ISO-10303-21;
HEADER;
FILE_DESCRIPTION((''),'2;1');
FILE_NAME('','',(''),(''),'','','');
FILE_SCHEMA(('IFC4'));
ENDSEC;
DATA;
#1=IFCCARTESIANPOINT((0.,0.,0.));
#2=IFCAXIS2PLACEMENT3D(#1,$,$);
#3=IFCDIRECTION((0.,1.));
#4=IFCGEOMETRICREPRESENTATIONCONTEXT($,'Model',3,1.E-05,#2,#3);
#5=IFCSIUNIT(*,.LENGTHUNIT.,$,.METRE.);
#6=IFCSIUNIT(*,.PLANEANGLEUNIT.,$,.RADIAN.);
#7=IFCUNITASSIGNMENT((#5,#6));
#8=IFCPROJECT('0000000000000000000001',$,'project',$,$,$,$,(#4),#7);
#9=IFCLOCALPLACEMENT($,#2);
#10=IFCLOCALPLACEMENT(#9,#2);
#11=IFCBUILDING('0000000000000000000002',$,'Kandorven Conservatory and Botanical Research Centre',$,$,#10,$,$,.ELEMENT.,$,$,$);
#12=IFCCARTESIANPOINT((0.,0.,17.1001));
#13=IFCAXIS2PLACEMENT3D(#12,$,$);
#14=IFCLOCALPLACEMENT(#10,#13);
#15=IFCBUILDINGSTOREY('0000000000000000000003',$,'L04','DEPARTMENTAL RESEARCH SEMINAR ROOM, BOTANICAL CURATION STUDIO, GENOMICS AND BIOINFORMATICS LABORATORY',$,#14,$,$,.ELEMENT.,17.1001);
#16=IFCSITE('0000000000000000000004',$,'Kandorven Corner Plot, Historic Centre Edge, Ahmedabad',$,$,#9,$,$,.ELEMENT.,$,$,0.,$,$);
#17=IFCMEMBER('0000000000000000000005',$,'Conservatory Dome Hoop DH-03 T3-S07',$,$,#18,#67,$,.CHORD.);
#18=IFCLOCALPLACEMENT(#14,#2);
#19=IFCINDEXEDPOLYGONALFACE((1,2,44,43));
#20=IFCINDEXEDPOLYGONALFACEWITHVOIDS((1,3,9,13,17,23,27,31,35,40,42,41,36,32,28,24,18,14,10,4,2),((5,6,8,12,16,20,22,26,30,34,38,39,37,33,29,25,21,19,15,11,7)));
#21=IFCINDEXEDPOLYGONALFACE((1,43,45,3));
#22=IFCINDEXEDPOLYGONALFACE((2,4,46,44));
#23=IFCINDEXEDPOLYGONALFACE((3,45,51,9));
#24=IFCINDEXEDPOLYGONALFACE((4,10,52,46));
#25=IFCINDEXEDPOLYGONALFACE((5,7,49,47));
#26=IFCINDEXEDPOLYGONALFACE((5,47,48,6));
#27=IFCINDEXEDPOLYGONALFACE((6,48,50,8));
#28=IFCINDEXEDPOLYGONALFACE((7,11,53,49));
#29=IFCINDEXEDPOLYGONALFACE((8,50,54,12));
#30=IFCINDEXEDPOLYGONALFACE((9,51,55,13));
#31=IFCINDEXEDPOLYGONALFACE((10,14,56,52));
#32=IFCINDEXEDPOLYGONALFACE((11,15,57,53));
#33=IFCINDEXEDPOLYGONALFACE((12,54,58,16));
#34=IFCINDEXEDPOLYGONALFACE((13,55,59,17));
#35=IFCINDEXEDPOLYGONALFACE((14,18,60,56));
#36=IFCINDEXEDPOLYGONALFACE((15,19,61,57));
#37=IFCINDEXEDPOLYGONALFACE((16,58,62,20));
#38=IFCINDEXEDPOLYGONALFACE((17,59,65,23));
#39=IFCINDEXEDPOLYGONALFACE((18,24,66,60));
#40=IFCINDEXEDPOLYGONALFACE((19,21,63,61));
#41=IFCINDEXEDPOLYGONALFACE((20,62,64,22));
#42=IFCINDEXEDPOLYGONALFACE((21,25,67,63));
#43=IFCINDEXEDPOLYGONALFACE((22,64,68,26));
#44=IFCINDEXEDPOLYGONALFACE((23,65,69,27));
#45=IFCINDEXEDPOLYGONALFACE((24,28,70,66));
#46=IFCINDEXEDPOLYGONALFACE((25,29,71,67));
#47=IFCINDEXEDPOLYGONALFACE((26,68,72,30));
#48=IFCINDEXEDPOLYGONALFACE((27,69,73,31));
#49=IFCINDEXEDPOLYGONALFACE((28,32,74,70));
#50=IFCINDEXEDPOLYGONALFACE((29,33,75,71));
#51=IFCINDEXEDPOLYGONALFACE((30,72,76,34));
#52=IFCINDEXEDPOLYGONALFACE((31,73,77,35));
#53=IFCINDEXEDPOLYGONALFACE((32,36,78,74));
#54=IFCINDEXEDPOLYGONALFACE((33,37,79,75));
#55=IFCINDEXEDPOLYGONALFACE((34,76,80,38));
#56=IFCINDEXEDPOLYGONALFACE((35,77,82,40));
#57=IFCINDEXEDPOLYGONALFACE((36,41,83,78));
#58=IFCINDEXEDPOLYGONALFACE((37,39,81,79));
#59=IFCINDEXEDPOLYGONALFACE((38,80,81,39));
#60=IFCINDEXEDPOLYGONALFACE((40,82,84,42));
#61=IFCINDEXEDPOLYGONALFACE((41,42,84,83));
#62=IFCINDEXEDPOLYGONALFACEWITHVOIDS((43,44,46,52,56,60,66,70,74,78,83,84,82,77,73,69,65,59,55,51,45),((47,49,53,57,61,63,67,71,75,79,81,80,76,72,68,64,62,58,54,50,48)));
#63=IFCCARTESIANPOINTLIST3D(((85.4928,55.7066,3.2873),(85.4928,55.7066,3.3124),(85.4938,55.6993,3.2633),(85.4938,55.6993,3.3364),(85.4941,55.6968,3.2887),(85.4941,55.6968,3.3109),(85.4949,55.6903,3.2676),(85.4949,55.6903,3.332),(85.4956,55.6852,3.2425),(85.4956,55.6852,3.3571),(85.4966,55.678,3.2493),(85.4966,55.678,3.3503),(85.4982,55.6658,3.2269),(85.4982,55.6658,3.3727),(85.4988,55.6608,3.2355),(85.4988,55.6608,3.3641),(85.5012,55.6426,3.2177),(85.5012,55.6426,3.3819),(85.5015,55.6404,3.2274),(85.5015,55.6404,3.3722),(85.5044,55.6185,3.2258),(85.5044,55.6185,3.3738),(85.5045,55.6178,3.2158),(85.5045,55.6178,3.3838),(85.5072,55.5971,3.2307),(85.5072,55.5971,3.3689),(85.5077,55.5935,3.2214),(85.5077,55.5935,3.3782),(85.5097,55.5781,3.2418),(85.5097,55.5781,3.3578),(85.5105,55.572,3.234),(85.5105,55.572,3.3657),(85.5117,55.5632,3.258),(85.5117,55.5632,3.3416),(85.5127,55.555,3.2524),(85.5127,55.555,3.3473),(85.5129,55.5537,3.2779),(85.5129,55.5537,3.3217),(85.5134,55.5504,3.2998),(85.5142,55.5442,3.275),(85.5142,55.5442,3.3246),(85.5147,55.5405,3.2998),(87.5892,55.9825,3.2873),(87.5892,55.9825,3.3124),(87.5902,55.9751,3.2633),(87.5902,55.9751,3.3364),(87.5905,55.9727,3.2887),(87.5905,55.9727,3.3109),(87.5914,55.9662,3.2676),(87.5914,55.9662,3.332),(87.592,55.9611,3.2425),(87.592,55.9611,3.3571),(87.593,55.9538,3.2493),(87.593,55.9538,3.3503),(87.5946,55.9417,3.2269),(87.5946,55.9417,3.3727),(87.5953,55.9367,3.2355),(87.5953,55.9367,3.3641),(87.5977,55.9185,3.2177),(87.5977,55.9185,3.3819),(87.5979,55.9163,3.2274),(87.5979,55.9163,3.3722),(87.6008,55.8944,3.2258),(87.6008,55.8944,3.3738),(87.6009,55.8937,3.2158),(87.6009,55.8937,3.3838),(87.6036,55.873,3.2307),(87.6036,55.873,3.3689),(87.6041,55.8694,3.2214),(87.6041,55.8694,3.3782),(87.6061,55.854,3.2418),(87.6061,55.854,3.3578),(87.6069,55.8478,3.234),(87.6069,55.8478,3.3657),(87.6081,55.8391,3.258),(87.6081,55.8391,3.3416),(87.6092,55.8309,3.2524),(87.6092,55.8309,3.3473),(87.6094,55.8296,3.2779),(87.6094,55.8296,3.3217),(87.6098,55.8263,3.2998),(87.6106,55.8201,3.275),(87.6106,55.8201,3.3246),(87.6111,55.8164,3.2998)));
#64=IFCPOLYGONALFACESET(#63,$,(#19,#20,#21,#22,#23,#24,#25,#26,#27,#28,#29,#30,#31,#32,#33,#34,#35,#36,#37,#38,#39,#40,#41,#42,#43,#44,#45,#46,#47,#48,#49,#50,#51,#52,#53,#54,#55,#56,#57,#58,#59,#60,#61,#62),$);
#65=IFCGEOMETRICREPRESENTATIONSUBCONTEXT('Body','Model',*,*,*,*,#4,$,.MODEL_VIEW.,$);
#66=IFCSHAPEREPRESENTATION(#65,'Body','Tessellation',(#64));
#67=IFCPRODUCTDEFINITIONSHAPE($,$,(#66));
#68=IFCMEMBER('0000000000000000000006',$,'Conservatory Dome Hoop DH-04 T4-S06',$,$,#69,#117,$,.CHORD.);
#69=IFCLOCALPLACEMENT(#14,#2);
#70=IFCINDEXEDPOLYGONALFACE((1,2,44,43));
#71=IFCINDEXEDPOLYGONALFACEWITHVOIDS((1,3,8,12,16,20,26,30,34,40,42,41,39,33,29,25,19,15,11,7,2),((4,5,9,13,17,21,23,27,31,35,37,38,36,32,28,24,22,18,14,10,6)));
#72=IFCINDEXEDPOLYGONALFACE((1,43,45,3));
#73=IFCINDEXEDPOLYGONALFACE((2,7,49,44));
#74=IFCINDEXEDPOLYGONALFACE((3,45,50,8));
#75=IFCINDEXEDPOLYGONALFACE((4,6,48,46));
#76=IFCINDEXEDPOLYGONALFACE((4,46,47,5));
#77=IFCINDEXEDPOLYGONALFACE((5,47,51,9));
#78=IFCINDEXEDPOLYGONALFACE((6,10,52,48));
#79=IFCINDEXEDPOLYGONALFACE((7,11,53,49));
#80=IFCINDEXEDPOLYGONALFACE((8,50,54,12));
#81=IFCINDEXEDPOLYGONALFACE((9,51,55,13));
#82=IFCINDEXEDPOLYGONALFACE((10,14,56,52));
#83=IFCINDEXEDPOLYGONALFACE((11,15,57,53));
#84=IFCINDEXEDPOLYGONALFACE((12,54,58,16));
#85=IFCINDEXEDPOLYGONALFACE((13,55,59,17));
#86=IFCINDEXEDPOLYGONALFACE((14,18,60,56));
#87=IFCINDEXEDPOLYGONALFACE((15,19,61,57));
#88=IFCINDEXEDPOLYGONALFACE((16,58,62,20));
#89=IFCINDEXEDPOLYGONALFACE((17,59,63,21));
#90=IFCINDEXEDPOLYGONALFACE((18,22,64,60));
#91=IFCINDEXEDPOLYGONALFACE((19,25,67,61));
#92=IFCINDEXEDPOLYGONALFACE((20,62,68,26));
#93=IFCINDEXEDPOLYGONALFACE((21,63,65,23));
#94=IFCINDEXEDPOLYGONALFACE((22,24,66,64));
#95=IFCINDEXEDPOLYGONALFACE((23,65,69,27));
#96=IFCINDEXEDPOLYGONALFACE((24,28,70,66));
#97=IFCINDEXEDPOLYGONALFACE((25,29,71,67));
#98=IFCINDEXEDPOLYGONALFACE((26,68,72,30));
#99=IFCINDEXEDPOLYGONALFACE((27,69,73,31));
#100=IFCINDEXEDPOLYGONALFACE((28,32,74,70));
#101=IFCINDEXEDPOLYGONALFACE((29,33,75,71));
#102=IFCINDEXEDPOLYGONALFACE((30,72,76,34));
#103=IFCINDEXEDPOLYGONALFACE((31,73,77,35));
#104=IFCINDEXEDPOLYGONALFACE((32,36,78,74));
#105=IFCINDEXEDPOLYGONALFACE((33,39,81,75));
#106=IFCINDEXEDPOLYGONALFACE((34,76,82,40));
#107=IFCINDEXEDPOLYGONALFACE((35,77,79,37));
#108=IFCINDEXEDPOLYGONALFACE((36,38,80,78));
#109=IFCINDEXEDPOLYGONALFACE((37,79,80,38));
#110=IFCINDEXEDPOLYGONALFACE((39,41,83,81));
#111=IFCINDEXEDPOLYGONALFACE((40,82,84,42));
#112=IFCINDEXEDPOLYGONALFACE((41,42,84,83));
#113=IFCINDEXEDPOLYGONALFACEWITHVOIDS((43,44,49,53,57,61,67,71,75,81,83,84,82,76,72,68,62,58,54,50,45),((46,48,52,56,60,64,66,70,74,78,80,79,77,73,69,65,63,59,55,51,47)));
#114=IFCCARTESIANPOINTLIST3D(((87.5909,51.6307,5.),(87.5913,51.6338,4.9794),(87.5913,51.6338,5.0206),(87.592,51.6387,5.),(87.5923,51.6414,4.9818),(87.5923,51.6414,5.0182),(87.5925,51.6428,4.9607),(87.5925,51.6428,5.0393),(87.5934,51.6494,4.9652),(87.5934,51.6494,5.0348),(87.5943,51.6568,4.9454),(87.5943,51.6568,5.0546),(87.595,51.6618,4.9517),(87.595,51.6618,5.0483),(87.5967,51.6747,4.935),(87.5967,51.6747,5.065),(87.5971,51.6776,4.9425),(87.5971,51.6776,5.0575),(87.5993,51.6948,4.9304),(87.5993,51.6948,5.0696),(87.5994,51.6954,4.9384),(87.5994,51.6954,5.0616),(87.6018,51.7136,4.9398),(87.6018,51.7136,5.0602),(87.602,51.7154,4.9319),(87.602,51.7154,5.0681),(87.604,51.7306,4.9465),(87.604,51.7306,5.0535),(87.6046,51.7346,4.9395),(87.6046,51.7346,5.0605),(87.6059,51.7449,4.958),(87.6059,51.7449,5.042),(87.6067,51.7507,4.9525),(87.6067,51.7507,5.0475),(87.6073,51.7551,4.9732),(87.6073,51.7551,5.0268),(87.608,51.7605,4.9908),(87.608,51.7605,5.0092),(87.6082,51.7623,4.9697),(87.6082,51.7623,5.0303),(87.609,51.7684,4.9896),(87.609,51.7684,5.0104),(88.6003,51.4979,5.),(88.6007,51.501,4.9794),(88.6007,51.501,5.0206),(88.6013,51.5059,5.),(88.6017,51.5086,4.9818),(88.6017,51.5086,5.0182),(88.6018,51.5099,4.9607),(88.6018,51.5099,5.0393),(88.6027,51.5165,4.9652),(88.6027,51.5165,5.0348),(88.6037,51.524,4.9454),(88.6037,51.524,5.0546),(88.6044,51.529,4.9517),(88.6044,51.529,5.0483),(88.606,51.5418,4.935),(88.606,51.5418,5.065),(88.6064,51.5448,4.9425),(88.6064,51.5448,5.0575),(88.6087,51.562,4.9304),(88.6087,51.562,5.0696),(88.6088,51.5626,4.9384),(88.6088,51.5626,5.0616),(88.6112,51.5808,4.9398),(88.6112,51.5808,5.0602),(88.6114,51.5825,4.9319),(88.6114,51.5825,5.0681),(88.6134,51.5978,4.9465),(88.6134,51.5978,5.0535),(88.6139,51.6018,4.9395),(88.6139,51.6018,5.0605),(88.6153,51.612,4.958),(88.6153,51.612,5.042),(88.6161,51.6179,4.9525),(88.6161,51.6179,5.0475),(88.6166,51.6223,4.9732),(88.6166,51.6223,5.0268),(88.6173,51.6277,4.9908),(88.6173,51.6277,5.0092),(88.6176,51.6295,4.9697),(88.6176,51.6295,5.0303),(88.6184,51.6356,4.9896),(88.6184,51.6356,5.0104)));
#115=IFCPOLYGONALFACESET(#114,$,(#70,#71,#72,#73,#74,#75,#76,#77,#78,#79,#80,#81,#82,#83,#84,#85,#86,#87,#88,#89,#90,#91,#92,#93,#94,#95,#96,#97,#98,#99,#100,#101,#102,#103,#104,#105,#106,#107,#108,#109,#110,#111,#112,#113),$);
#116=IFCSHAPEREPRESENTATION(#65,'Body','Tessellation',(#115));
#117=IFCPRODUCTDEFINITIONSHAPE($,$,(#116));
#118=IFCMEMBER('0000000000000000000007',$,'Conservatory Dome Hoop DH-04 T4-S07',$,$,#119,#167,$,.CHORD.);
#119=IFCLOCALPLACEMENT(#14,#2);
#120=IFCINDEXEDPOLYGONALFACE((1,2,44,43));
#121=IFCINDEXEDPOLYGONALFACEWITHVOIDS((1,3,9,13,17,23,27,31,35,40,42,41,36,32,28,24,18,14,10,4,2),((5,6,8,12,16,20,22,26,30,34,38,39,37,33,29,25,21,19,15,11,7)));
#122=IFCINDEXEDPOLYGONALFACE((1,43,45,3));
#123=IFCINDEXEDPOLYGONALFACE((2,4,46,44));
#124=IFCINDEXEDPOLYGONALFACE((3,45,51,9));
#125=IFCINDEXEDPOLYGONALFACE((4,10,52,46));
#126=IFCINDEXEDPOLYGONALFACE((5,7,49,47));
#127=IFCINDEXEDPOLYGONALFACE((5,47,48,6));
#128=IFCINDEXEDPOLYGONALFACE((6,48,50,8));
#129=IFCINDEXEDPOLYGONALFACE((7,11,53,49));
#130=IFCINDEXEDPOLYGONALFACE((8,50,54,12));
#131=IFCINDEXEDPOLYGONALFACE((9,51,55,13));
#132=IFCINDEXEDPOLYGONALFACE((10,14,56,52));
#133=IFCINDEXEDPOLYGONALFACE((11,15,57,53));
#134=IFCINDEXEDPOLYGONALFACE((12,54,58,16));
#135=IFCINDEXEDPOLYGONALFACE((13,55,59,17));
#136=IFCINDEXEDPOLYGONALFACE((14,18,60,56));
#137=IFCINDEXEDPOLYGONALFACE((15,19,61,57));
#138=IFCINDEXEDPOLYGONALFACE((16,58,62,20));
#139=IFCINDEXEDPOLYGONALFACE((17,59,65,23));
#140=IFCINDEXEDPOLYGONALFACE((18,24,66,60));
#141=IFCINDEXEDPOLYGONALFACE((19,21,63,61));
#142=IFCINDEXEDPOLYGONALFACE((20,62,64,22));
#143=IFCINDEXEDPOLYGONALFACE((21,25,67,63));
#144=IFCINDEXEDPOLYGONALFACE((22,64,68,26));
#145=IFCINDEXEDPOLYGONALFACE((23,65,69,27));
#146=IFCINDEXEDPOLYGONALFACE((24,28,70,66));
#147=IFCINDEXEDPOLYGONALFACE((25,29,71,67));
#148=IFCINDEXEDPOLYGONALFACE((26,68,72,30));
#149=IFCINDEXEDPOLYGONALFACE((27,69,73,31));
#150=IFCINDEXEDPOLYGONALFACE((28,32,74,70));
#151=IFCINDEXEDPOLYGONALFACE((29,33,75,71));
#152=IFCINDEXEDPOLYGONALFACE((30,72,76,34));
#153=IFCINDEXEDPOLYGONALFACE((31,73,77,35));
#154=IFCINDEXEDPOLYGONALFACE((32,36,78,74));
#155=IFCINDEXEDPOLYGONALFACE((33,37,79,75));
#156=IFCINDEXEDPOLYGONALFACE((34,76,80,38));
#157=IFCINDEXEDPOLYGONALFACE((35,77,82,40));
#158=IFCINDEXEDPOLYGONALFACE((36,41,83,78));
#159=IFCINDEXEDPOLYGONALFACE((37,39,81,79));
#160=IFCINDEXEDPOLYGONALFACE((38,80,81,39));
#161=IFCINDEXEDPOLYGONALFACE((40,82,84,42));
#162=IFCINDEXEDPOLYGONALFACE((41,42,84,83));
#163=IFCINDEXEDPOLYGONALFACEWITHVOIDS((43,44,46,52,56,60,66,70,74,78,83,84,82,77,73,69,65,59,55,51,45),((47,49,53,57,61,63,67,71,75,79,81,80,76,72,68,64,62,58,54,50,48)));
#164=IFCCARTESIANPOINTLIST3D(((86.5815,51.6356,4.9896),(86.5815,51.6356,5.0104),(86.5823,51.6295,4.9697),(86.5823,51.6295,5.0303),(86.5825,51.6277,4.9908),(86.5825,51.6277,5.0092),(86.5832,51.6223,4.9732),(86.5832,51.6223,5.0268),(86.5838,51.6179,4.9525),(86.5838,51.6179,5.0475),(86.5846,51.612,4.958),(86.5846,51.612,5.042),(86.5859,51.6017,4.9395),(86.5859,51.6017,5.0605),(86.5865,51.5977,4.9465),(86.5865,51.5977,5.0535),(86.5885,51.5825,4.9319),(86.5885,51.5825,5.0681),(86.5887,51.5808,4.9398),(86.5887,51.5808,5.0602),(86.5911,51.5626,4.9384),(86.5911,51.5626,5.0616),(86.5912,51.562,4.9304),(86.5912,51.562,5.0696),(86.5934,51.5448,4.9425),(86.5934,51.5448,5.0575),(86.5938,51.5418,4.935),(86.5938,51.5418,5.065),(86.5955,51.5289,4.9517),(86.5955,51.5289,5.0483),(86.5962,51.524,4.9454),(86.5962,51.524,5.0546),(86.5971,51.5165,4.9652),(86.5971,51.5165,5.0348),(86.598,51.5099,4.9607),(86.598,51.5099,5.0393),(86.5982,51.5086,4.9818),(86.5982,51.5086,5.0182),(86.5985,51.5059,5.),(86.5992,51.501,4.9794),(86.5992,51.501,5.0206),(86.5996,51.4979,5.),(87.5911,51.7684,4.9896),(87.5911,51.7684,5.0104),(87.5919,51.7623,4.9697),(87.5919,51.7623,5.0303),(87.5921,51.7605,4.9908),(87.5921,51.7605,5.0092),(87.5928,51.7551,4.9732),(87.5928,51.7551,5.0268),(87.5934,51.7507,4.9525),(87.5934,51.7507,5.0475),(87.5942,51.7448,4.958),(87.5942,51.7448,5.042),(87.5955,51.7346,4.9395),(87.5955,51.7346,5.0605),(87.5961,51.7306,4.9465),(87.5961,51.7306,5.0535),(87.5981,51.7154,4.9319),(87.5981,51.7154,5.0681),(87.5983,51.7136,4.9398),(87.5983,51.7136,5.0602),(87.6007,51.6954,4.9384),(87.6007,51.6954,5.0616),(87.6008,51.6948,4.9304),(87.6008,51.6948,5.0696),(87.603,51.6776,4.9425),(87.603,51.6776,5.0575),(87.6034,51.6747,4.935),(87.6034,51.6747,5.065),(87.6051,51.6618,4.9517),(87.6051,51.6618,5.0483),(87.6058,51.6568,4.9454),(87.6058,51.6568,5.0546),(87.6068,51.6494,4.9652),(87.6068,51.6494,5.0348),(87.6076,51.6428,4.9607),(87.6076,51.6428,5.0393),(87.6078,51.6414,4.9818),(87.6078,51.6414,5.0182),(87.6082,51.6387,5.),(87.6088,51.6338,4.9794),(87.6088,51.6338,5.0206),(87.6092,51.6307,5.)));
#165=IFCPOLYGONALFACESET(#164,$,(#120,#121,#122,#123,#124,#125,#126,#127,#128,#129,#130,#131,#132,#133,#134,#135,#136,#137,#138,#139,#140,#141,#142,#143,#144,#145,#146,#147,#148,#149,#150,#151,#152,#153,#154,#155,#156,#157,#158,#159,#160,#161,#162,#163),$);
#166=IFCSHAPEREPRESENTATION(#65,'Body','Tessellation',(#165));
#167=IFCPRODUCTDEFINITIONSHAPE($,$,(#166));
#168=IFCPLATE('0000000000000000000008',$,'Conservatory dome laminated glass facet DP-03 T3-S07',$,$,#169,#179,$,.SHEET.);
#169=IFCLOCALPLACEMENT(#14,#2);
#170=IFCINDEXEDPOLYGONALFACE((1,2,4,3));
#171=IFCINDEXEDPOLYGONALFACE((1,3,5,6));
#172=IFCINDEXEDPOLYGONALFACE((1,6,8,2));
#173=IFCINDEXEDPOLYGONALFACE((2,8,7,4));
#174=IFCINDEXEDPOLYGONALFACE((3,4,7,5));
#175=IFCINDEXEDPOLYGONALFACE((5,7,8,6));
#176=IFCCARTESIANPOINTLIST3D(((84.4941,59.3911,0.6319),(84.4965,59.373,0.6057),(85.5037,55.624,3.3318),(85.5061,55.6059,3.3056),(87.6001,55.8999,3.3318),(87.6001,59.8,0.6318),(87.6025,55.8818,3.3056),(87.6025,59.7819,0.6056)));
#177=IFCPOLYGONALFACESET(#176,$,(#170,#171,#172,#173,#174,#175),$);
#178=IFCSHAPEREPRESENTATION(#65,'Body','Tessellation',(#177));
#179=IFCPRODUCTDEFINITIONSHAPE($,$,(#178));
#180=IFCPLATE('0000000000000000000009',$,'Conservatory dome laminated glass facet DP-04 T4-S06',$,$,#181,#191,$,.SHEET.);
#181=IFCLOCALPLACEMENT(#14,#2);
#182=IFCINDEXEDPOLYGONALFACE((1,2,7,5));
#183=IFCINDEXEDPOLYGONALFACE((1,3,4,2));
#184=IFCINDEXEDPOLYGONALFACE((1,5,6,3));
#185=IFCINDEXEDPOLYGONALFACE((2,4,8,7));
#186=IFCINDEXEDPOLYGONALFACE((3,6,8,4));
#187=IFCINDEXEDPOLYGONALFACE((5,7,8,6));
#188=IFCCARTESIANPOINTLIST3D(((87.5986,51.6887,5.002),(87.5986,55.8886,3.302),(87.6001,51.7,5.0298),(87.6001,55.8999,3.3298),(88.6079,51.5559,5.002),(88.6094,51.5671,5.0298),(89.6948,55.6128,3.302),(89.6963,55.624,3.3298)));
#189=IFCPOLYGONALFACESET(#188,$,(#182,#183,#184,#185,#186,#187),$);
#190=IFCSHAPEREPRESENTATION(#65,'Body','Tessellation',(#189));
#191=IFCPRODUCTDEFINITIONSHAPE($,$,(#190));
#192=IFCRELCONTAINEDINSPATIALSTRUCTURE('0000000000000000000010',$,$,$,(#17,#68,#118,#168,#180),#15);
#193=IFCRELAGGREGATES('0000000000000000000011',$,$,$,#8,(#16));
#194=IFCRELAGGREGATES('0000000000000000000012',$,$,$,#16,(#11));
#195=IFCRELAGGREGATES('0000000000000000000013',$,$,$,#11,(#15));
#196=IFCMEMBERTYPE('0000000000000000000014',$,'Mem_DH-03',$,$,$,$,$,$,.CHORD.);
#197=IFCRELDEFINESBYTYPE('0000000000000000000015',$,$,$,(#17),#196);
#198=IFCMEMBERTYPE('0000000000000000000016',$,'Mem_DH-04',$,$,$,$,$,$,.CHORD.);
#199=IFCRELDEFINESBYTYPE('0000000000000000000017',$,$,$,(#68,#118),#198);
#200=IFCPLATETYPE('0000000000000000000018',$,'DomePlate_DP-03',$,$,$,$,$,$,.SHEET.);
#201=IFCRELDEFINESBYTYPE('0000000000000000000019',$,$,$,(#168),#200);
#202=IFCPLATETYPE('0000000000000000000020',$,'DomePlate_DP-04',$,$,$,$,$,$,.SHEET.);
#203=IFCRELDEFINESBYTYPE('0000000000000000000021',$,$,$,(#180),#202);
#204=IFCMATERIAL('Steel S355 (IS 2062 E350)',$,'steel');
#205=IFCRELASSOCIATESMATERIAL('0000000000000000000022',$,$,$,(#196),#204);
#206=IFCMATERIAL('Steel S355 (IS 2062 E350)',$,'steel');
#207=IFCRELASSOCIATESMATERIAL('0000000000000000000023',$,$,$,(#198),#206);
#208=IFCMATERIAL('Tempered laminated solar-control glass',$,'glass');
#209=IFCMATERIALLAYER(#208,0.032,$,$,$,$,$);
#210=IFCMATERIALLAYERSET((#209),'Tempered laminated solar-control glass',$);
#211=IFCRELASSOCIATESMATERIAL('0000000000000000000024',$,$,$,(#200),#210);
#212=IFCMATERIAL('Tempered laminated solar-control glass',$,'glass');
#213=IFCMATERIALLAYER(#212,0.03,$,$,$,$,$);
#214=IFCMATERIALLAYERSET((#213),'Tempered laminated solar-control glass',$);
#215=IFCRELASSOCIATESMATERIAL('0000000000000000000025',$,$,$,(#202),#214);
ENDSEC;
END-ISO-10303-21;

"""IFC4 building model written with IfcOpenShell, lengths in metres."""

from ifc_helpers import new_model, si_unit, direction, frame, origin, origin_2d, place, context, subcontext, project, spatial, polyline, hollow_circle, outline, extrude, material, layer, layer_set, material_profile, profile_set, type_object, element, save


model = new_model("IFC4")

# Units and contexts
model_context = context("Model", 3, precision=1e-05, world=origin(), true_north=direction((0.0, 1.0)))
body_context = subcontext(model_context, "Body", "Model", "MODEL_VIEW")
ifc_project = project(units=[si_unit("LENGTHUNIT", "METRE"), si_unit("PLANEANGLEUNIT", "RADIAN")], contexts=[model_context])

# Site, building, storey
site_placement = place(None, origin())
site = spatial("IfcSite", under=ifc_project, at=site_placement, Name="Kandorven Corner Plot, Historic Centre Edge, Ahmedabad", CompositionType="ELEMENT", RefElevation=0.0)
building_placement = place(site_placement, origin())
building = spatial("IfcBuilding", under=site, at=building_placement, Name="Kandorven Conservatory and Botanical Research Centre", CompositionType="ELEMENT")
storey_placement = place(building_placement, frame((0.0, 0.0, 17.1001)))
storey = spatial("IfcBuildingStorey", under=building, at=storey_placement, Name="L04", Description="DEPARTMENTAL RESEARCH SEMINAR ROOM, BOTANICAL CURATION STUDIO, GENOMICS AND BIOINFORMATICS LABORATORY", CompositionType="ELEMENT", Elevation=17.1001)

# Members
ifc_material_1 = material(Name="Steel S355 (IS 2062 E350)", Category="steel")
ifc_material_profile_1 = material_profile(ifc_material_1, hollow_circle(Radius=0.0842, WallThickness=0.01, at=origin_2d()))
ifc_profile_set_1 = profile_set([ifc_material_profile_1], Name="Steel S355 (IS 2062 E350)")
member_type_1 = type_object("IfcMemberType", Name="Mem_DH-03", PredefinedType="CHORD", material=ifc_profile_set_1)
member_1_placement = place(storey_placement, frame((87.6001, 55.8999, 3.2998), z_axis=(-0.991452, -0.130469, 0.0), x_axis=(0.130469, -0.991452, 0.0)))
element("IfcMember", 1, at=member_1_placement, inside=storey, type_object=member_type_1, Name="Conservatory Dome Hoop DH-03 T3-S07", PredefinedType="CHORD", context=body_context, shape_type="SweptSolid", body=[
    extrude(hollow_circle(Radius=0.0842, WallThickness=0.01, at=origin_2d()), origin(), (0.0, 0.0, 1.0), 2.1145),
])
ifc_material_2 = material(Name="Steel S355 (IS 2062 E350)", Category="steel")
ifc_material_profile_2 = material_profile(ifc_material_2, hollow_circle(Radius=0.0698, WallThickness=0.0081, at=origin_2d()))
ifc_profile_set_2 = profile_set([ifc_material_profile_2], Name="Steel S355 (IS 2062 E350)")
member_type_2 = type_object("IfcMemberType", Name="Mem_DH-04", PredefinedType="CHORD", material=ifc_profile_set_2)
member_2_placement = place(storey_placement, frame((88.6094, 51.5671, 5.0), z_axis=(-0.991453, 0.130467, 0.0), x_axis=(-0.130467, -0.991453, 0.0)))
element("IfcMember", 2, at=member_2_placement, inside=storey, type_object=member_type_2, Name="Conservatory Dome Hoop DH-04 T4-S06", PredefinedType="CHORD", context=body_context, shape_type="SweptSolid", body=[
    extrude(hollow_circle(Radius=0.0698, WallThickness=0.0081, at=origin_2d()), origin(), (0.0, 0.0, 1.0), 1.0181),
])
member_3_placement = place(storey_placement, frame((87.6001, 51.7, 5.0), z_axis=(-0.991457, -0.130436, 0.0), x_axis=(0.130436, -0.991457, 0.0)))
element("IfcMember", 3, at=member_3_placement, inside=storey, type_object=member_type_2, Name="Conservatory Dome Hoop DH-04 T4-S07", PredefinedType="CHORD", context=body_context, shape_type="SweptSolid", body=[
    extrude(hollow_circle(Radius=0.0698, WallThickness=0.0081, at=origin_2d()), origin(), (0.0, 0.0, 1.0), 1.0183),
])

# Plates
ifc_material_3 = material(Name="Tempered laminated solar-control glass", Category="glass")
ifc_layer_1 = layer(ifc_material_3, 0.032)
ifc_layer_set_1 = layer_set([ifc_layer_1], Name="Tempered laminated solar-control glass")
plate_type_1 = type_object("IfcPlateType", Name="DomePlate_DP-03", PredefinedType="SHEET", material=ifc_layer_set_1)
plate_1_placement = place(storey_placement, frame((87.6001, 59.8, 0.6318), z_axis=(-0.074717, 0.567606, 0.819903), x_axis=(-0.991445, -0.130526, 0.000013)))
element("IfcPlate", 4, at=plate_1_placement, inside=storey, type_object=plate_type_1, Name="Conservatory dome laminated glass facet DP-03 T3-S07", PredefinedType="SHEET", context=body_context, shape_type="SweptSolid", body=[
    extrude(outline(polyline([(0.0, 0.0), (3.1328, 0.0), (2.6236, 4.716), (0.5091, 4.7161), (0.0, 0.0)])), origin(), (0.0, 0.0, -1.0), 0.032),
])
ifc_material_4 = material(Name="Tempered laminated solar-control glass", Category="glass")
ifc_layer_2 = layer(ifc_material_4, 0.03)
ifc_layer_set_2 = layer_set([ifc_layer_2], Name="Tempered laminated solar-control glass")
plate_type_2 = type_object("IfcPlateType", Name="DomePlate_DP-04", PredefinedType="SHEET", material=ifc_layer_set_2)
plate_2_placement = place(storey_placement, frame((89.6963, 55.624, 3.3298), z_axis=(0.049316, 0.374732, 0.925821), x_axis=(-0.99145, 0.130484, -0.000002)))
element("IfcPlate", 5, at=plate_2_placement, inside=storey, type_object=plate_type_2, Name="Conservatory dome laminated glass facet DP-04 T4-S06", PredefinedType="SHEET", context=body_context, shape_type="SweptSolid", body=[
    extrude(outline(polyline([(0.0, 0.0), (2.1143, 0.0), (1.5662, 4.4977), (0.5483, 4.4977), (0.0, 0.0)])), origin(), (0.0, 0.0, -1.0), 0.03),
])

save(model, "model.ifc")
